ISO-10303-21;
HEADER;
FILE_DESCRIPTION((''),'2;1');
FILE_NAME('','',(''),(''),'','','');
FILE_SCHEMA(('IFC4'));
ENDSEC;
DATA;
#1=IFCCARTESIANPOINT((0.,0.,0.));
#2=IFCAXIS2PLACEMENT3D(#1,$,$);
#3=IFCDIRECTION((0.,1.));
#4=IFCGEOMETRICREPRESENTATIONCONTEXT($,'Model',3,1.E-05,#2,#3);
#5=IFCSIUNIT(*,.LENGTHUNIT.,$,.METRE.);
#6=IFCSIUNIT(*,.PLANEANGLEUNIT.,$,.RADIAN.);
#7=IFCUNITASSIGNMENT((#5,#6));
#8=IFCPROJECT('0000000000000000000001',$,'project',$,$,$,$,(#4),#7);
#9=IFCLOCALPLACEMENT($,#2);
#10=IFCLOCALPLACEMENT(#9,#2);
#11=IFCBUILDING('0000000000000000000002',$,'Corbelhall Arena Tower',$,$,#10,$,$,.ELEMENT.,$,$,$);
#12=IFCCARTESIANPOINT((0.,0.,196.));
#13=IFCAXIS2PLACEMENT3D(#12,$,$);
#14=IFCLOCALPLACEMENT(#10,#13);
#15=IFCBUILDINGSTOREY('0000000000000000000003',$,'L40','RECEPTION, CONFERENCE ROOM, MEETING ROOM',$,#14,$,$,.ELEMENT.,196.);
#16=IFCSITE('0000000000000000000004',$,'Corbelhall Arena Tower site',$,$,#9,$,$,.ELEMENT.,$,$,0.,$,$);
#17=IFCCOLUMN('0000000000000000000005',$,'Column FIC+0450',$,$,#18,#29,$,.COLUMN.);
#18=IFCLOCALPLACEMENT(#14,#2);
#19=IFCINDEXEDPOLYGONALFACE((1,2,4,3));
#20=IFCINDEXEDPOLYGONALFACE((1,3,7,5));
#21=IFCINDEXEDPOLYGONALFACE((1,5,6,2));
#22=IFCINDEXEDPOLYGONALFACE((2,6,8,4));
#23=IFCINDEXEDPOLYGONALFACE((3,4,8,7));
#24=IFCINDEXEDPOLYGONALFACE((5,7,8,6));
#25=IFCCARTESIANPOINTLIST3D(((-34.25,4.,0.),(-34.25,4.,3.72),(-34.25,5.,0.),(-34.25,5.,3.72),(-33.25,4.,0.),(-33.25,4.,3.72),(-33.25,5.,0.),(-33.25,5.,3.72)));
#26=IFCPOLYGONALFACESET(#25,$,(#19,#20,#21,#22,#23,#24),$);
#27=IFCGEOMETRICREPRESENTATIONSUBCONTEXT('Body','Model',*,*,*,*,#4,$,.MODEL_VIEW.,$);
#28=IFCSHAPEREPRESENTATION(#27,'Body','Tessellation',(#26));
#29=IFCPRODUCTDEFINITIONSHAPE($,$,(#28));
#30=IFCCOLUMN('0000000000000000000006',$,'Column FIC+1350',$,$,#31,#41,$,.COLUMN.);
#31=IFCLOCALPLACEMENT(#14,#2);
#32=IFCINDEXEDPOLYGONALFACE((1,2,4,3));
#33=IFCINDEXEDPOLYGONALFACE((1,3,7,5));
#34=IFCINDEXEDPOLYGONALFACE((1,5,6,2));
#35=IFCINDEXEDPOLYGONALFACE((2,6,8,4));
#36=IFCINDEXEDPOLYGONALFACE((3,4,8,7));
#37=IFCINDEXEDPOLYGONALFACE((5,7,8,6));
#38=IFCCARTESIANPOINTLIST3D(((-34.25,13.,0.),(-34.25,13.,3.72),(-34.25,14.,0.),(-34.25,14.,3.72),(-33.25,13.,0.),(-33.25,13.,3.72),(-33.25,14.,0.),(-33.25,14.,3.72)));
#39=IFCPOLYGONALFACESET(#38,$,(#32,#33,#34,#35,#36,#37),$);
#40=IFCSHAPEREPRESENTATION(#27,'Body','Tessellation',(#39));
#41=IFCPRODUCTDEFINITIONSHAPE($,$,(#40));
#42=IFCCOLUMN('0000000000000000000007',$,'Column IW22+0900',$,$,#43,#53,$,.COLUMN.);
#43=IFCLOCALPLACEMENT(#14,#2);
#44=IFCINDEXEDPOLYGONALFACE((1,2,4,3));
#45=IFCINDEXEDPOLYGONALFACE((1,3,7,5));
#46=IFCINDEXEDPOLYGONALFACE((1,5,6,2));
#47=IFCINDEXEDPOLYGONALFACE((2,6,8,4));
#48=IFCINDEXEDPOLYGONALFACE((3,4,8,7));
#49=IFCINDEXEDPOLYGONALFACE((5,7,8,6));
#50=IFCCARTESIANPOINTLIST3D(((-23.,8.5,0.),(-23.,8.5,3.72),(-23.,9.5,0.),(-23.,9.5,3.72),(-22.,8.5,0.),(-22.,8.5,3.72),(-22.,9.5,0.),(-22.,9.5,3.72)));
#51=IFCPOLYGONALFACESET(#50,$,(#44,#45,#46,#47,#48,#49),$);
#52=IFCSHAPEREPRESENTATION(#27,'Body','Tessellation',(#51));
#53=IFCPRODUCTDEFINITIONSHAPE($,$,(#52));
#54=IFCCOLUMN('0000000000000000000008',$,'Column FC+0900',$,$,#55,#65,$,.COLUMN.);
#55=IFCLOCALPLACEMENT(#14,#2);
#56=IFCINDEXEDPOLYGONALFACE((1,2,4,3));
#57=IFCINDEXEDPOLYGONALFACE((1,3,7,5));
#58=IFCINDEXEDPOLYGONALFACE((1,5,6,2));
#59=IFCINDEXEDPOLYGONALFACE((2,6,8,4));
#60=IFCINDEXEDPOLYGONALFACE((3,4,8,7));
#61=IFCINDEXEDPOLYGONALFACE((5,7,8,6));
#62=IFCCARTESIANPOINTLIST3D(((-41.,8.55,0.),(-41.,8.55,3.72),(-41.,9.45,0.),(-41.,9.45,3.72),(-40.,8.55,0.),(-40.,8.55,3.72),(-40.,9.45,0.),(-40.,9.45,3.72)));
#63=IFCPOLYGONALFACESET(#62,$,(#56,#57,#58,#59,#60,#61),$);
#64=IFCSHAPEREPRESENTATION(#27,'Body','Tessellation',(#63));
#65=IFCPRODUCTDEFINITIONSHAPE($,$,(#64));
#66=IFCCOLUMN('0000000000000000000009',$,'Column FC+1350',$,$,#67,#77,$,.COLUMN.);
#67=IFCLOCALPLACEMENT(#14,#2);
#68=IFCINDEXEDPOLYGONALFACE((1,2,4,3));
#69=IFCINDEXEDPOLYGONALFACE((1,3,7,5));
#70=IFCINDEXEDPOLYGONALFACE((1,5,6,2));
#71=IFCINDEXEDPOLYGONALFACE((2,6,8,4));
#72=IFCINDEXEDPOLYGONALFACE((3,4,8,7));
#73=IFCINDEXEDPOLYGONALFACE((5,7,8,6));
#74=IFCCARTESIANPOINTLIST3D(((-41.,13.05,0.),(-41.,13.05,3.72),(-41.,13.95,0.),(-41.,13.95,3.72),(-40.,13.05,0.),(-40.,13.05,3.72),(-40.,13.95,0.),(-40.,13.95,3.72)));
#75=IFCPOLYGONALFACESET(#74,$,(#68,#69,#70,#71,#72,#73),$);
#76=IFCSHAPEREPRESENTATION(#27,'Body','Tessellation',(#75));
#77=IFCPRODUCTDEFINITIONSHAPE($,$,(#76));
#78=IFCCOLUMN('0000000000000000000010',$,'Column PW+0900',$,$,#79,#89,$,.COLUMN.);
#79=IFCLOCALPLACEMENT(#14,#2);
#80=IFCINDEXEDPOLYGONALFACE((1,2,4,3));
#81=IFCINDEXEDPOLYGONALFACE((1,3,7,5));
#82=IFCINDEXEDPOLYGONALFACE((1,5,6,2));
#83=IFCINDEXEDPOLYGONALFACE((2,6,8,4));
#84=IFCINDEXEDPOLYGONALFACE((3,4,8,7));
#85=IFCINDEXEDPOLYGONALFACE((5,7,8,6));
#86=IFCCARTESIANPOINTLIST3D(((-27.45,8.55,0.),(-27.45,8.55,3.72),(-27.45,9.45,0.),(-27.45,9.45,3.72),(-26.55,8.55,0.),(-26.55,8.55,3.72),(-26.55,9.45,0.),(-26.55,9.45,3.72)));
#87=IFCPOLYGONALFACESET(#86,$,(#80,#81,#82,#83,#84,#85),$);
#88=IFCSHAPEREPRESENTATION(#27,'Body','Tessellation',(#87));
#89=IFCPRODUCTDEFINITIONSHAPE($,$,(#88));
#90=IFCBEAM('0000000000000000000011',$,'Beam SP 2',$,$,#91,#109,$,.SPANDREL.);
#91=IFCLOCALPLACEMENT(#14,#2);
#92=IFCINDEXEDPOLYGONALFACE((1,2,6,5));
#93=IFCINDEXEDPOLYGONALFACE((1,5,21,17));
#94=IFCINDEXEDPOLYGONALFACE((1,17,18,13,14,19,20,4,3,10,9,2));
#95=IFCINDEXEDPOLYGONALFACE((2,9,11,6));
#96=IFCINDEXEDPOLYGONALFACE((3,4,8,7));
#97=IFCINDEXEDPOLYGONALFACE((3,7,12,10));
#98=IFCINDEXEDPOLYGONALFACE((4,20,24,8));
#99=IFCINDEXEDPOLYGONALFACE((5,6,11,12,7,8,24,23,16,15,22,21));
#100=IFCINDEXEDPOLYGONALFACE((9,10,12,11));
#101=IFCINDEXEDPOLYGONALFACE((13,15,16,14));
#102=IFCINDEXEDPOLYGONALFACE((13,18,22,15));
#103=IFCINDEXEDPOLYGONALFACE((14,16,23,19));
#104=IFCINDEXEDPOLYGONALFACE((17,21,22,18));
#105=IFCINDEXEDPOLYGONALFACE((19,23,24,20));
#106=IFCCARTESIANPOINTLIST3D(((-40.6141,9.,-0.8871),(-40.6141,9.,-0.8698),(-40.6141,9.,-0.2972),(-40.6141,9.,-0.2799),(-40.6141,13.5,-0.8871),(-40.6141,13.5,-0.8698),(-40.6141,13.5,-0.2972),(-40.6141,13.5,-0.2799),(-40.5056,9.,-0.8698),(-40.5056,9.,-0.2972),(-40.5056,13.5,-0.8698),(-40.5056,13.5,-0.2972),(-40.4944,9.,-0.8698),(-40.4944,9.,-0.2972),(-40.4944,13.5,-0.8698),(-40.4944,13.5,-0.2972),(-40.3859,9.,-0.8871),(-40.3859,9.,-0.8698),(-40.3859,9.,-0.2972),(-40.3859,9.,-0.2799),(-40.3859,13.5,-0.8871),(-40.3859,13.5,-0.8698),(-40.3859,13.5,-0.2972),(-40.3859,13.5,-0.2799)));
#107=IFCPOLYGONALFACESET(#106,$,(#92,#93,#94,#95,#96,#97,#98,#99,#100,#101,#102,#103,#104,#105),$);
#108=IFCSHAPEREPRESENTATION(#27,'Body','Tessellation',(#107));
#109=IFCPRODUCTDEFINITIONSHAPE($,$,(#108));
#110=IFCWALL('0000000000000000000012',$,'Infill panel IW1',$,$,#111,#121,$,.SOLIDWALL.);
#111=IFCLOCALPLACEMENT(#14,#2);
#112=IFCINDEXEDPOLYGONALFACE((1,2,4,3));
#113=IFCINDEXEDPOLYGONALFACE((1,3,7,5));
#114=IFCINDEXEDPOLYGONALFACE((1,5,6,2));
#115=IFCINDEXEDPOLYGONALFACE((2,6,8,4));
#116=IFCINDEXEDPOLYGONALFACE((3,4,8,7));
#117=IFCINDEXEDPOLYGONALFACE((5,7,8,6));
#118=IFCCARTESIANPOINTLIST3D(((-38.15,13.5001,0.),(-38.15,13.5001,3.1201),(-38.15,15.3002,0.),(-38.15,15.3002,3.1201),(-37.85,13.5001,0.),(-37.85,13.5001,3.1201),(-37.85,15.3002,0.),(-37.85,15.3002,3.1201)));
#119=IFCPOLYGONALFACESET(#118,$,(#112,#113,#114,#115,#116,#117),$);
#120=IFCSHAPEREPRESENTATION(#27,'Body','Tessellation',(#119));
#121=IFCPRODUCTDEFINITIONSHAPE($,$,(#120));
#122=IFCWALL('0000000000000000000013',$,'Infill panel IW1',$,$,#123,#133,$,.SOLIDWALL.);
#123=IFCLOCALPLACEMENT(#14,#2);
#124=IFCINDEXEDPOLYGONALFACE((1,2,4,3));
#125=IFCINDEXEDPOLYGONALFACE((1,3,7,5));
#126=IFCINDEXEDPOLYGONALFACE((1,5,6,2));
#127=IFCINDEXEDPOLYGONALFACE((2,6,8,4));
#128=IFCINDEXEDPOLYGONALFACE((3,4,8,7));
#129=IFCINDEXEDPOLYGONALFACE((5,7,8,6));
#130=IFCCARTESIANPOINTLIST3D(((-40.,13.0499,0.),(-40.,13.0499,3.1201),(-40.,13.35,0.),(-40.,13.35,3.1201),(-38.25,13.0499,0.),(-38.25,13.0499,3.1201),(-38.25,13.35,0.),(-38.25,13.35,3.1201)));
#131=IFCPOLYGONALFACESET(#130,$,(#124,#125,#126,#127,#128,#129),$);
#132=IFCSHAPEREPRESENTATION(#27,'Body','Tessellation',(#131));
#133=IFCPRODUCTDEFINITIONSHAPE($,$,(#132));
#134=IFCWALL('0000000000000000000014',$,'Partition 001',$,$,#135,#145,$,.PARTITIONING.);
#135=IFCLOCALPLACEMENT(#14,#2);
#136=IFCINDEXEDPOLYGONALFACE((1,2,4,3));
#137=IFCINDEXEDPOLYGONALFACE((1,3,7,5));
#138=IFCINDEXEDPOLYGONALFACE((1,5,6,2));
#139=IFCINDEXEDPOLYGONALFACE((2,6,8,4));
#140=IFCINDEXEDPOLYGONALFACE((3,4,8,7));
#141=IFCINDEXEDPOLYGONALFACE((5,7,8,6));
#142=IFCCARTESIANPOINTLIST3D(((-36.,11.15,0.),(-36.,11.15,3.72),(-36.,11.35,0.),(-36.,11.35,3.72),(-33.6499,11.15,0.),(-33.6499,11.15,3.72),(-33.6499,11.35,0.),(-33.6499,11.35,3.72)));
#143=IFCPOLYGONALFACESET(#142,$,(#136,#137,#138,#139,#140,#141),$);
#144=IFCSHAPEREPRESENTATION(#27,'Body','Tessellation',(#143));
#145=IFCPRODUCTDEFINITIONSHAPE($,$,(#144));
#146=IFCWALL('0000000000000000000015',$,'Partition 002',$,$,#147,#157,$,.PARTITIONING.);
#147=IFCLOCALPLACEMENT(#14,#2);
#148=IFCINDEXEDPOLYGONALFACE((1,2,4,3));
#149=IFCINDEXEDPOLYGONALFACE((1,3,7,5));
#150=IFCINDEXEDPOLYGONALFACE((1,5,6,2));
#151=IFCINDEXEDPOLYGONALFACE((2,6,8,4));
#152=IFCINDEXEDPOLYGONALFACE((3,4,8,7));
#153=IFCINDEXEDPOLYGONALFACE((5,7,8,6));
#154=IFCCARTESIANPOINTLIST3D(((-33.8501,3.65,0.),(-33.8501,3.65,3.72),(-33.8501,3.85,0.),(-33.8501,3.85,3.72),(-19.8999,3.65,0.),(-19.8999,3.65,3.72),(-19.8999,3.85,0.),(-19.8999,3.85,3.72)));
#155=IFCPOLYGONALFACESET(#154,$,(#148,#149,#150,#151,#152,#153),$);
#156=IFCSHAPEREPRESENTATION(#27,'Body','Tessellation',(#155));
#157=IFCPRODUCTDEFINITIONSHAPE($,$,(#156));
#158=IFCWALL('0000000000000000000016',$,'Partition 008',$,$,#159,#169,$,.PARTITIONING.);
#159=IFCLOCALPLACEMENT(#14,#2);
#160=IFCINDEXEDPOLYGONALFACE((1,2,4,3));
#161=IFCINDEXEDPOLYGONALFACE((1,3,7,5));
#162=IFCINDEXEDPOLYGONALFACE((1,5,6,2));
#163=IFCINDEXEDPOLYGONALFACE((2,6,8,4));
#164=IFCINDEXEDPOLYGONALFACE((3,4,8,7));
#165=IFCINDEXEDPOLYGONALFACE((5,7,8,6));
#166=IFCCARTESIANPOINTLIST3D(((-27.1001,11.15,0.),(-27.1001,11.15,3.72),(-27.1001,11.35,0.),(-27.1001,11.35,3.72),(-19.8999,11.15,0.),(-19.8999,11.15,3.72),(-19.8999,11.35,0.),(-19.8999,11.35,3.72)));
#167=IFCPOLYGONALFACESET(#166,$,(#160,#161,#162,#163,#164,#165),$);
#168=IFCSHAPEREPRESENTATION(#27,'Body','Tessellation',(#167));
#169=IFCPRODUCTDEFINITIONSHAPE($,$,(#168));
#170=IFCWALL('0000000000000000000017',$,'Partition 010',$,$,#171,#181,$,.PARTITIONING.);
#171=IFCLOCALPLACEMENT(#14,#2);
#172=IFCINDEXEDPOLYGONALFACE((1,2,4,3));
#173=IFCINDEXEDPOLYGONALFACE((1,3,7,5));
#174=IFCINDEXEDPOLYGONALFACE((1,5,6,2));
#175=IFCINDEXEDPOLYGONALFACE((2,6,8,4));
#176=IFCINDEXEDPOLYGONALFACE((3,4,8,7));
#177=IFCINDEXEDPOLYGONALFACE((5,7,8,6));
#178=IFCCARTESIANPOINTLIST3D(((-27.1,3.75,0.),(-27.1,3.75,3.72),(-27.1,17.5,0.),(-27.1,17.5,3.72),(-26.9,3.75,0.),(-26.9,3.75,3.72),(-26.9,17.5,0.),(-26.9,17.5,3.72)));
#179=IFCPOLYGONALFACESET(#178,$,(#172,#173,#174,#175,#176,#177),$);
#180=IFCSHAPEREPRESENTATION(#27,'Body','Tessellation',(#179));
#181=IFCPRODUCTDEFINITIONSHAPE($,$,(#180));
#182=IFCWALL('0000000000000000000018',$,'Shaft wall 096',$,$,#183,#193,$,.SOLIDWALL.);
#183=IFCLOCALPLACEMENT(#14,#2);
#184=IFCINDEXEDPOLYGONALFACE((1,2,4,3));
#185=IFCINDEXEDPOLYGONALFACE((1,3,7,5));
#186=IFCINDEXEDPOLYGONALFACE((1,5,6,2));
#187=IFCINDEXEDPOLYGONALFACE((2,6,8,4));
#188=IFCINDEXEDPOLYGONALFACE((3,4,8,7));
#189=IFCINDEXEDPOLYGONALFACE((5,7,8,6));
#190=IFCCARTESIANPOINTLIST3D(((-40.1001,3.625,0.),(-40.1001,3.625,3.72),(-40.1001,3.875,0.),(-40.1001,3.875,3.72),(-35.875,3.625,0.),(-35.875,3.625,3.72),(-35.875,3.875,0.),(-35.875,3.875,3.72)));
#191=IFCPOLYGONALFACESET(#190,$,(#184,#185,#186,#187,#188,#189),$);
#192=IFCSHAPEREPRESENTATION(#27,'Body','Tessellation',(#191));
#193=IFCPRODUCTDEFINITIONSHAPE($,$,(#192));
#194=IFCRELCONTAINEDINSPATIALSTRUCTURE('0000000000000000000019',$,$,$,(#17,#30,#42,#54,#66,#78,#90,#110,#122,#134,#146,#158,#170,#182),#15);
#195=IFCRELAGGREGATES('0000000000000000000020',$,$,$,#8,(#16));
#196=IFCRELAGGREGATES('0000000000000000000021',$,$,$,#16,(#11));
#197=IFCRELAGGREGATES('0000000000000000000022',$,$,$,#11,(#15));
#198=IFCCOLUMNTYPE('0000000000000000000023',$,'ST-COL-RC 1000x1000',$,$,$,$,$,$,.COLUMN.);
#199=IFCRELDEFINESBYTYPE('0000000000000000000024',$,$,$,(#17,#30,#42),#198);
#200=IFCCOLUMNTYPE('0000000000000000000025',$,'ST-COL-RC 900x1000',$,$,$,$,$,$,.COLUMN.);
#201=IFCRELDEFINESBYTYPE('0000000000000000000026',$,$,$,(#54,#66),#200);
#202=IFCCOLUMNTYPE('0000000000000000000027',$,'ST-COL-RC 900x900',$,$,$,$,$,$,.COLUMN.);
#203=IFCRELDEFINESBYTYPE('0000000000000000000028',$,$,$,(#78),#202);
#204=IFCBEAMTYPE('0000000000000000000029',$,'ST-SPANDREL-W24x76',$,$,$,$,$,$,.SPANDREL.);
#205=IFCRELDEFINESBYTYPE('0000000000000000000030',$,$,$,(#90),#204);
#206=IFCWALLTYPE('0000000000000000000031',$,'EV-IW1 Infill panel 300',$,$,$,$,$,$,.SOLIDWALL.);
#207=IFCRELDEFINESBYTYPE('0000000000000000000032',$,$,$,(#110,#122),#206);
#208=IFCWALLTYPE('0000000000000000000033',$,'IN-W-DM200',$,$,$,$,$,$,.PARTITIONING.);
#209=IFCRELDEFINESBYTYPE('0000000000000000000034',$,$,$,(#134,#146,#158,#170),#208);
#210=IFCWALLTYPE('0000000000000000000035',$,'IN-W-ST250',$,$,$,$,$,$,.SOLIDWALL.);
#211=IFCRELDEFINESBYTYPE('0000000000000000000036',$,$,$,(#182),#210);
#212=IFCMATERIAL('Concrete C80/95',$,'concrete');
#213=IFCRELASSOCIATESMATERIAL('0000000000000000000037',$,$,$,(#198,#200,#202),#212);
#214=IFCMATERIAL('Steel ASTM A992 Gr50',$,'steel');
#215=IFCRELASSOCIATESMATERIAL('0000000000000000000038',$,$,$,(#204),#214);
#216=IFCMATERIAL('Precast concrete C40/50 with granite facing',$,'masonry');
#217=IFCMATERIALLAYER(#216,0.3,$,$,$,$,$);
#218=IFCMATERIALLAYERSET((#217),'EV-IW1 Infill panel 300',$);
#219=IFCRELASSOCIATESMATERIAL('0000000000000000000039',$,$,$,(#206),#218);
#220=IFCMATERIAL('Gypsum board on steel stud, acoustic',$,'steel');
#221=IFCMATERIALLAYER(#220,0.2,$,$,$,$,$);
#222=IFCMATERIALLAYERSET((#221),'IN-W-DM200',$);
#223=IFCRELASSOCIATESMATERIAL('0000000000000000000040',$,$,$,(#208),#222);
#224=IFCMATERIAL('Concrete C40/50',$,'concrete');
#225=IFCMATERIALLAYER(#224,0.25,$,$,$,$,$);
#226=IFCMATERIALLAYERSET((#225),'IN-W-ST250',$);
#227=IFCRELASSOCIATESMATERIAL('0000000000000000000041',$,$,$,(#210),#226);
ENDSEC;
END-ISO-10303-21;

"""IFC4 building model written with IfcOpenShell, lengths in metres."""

from ifc_helpers import new_model, si_unit, direction, frame, frame_2d, origin, origin_2d, place, context, subcontext, project, spatial, rectangle, i_section, extrude, material, layer, layer_set, material_profile, profile_set, type_object, element, save


model = new_model("IFC4")

# Units and contexts
model_context = context("Model", 3, precision=1e-05, world=origin(), true_north=direction((0.0, 1.0)))
body_context = subcontext(model_context, "Body", "Model", "MODEL_VIEW")
ifc_project = project(units=[si_unit("LENGTHUNIT", "METRE"), si_unit("PLANEANGLEUNIT", "RADIAN")], contexts=[model_context])

# Site, building, storey
site_placement = place(None, origin())
site = spatial("IfcSite", under=ifc_project, at=site_placement, Name="Corbelhall Arena Tower site", CompositionType="ELEMENT", RefElevation=0.0)
building_placement = place(site_placement, origin())
building = spatial("IfcBuilding", under=site, at=building_placement, Name="Corbelhall Arena Tower", CompositionType="ELEMENT")
storey_placement = place(building_placement, frame((0.0, 0.0, 196.0)))
storey = spatial("IfcBuildingStorey", under=building, at=storey_placement, Name="L40", Description="RECEPTION, CONFERENCE ROOM, MEETING ROOM", CompositionType="ELEMENT", Elevation=196.0)

# Columns
ifc_material_1 = material(Name="Concrete C80/95", Category="concrete")
ifc_material_profile_1 = material_profile(ifc_material_1, rectangle(XDim=1.0, YDim=1.0, at=origin_2d()))
ifc_profile_set_1 = profile_set([ifc_material_profile_1], Name="Concrete C80/95")
column_type_1 = type_object("IfcColumnType", Name="ST-COL-RC 1000x1000", PredefinedType="COLUMN", material=ifc_profile_set_1)
for number, where, z_axis, x_axis, name in (
    (1, (-33.75, 4.5, 0.0), (0.0, 0.0, 1.0), (1.0, 0.0, 0.0), "Column FIC+0450"),
    (2, (-33.75, 13.5, 0.0), (0.0, 0.0, 1.0), (1.0, 0.0, 0.0), "Column FIC+1350"),
    (3, (-22.5, 9.0, 0.0), (0.0, 0.0, 1.0), (1.0, 0.0, 0.0), "Column IW22+0900"),
):
    element("IfcColumn", number, at=place(storey_placement, frame(where, z_axis=z_axis, x_axis=x_axis)), inside=storey, type_object=column_type_1, Name=name, PredefinedType="COLUMN", context=body_context, shape_type="SweptSolid", body=[
        extrude(rectangle(XDim=1.0, YDim=1.0, at=origin_2d()), origin(), (0.0, 0.0, 1.0), 3.72),
    ])
ifc_material_profile_2 = material_profile(ifc_material_1, rectangle(XDim=0.8999, YDim=1.0, at=origin_2d()))
ifc_profile_set_2 = profile_set([ifc_material_profile_2], Name="Concrete C80/95")
column_type_2 = type_object("IfcColumnType", Name="ST-COL-RC 900x1000", PredefinedType="COLUMN", material=ifc_profile_set_2)
for number, where, z_axis, x_axis, name in (
    (4, (-40.5, 9.0, 0.0), (0.0, 0.0, 1.0), (0.0, 1.0, 0.0), "Column FC+0900"),
    (5, (-40.5, 13.5, 0.0), (0.0, 0.0, 1.0), (0.0, 1.0, 0.0), "Column FC+1350"),
):
    element("IfcColumn", number, at=place(storey_placement, frame(where, z_axis=z_axis, x_axis=x_axis)), inside=storey, type_object=column_type_2, Name=name, PredefinedType="COLUMN", context=body_context, shape_type="SweptSolid", body=[
        extrude(rectangle(XDim=0.8999, YDim=1.0, at=origin_2d()), origin(), (0.0, 0.0, 1.0), 3.72),
    ])
ifc_material_profile_3 = material_profile(ifc_material_1, rectangle(XDim=0.8999, YDim=0.8999, at=origin_2d()))
ifc_profile_set_3 = profile_set([ifc_material_profile_3], Name="Concrete C80/95")
column_type_3 = type_object("IfcColumnType", Name="ST-COL-RC 900x900", PredefinedType="COLUMN", material=ifc_profile_set_3)
column_placement = place(storey_placement, frame((-27.0, 9.0, 0.0), z_axis=(0.0, 0.0, 1.0), x_axis=(1.0, 0.0, 0.0)))
element("IfcColumn", 6, at=column_placement, inside=storey, type_object=column_type_3, Name="Column PW+0900", PredefinedType="COLUMN", context=body_context, shape_type="SweptSolid", body=[
    extrude(rectangle(XDim=0.8999, YDim=0.8999, at=origin_2d()), origin(), (0.0, 0.0, 1.0), 3.72),
])

# Beam
ifc_material_2 = material(Name="Steel ASTM A992 Gr50", Category="steel")
ifc_material_profile_4 = material_profile(ifc_material_2, i_section(OverallWidth=0.2283, OverallDepth=0.6072, WebThickness=0.0112, FlangeThickness=0.0173, at=origin_2d()))
ifc_profile_set_4 = profile_set([ifc_material_profile_4], Name="Steel ASTM A992 Gr50")
beam_type = type_object("IfcBeamType", Name="ST-SPANDREL-W24x76", PredefinedType="SPANDREL", material=ifc_profile_set_4)
beam_placement = place(storey_placement, frame((-40.5, 9.0, -0.5835), z_axis=(0.0, 1.0, 0.0), x_axis=(-1.0, 0.0, 0.0)))
element("IfcBeam", 7, at=beam_placement, inside=storey, type_object=beam_type, Name="Beam SP 2", PredefinedType="SPANDREL", context=body_context, shape_type="SweptSolid", body=[
    extrude(i_section(OverallWidth=0.2283, OverallDepth=0.6072, WebThickness=0.0112, FlangeThickness=0.0173, at=origin_2d()), origin(), (0.0, 0.0, 1.0), 4.5),
])

# Walls
ifc_material_3 = material(Name="Precast concrete C40/50 with granite facing", Category="masonry")
ifc_layer_1 = layer(ifc_material_3, 0.3)
ifc_layer_set_1 = layer_set([ifc_layer_1], Name="EV-IW1 Infill panel 300")
wall_type_1 = type_object("IfcWallType", Name="EV-IW1 Infill panel 300", PredefinedType="SOLIDWALL", material=ifc_layer_set_1)
wall_1_placement = place(storey_placement, frame((-38.0, 15.3, 0.0), z_axis=(0.0, 0.0, 1.0), x_axis=(0.0, -1.0, 0.0)))
element("IfcWall", 8, at=wall_1_placement, inside=storey, type_object=wall_type_1, Name="Infill panel IW1", PredefinedType="SOLIDWALL", context=body_context, shape_type="SweptSolid", body=[
    extrude(rectangle(XDim=1.8, YDim=0.3, at=frame_2d((0.8999, 0.0))), origin(), (0.0, 0.0, 1.0), 3.1201),
])
wall_2_placement = place(storey_placement, frame((-40.0, 13.2, 0.0), z_axis=(0.0, 0.0, 1.0), x_axis=(1.0, 0.0, 0.0)))
element("IfcWall", 9, at=wall_2_placement, inside=storey, type_object=wall_type_1, Name="Infill panel IW1", PredefinedType="SOLIDWALL", context=body_context, shape_type="SweptSolid", body=[
    extrude(rectangle(XDim=1.75, YDim=0.3, at=frame_2d((0.875, 0.0))), origin(), (0.0, 0.0, 1.0), 3.1201),
])

# Walls
ifc_material_4 = material(Name="Gypsum board on steel stud, acoustic", Category="steel")
ifc_layer_2 = layer(ifc_material_4, 0.2)
ifc_layer_set_2 = layer_set([ifc_layer_2], Name="IN-W-DM200")
wall_type_2 = type_object("IfcWallType", Name="IN-W-DM200", PredefinedType="PARTITIONING", material=ifc_layer_set_2)
wall_3_placement = place(storey_placement, frame((-36.0, 11.25, 0.0), z_axis=(0.0, 0.0, 1.0), x_axis=(1.0, 0.0, 0.0)))
element("IfcWall", 10, at=wall_3_placement, inside=storey, type_object=wall_type_2, Name="Partition 001", PredefinedType="PARTITIONING", context=body_context, shape_type="SweptSolid", body=[
    extrude(rectangle(XDim=2.3501, YDim=0.2, at=frame_2d((1.175, 0.0))), origin(), (0.0, 0.0, 1.0), 3.72),
])
wall_4_placement = place(storey_placement, frame((-33.8501, 3.75, 0.0), z_axis=(0.0, 0.0, 1.0), x_axis=(1.0, 0.0, 0.0)))
element("IfcWall", 11, at=wall_4_placement, inside=storey, type_object=wall_type_2, Name="Partition 002", PredefinedType="PARTITIONING", context=body_context, shape_type="SweptSolid", body=[
    extrude(rectangle(XDim=13.9502, YDim=0.2, at=frame_2d((6.9751, 0.0))), origin(), (0.0, 0.0, 1.0), 3.72),
])

# Walls
wall_5_placement = place(storey_placement, frame((-27.1001, 11.25, 0.0), z_axis=(0.0, 0.0, 1.0), x_axis=(1.0, 0.0, 0.0)))
element("IfcWall", 12, at=wall_5_placement, inside=storey, type_object=wall_type_2, Name="Partition 008", PredefinedType="PARTITIONING", context=body_context, shape_type="SweptSolid", body=[
    extrude(rectangle(XDim=7.2002, YDim=0.2, at=frame_2d((3.6001, 0.0))), origin(), (0.0, 0.0, 1.0), 3.72),
])
wall_6_placement = place(storey_placement, frame((-27.0, 3.75, 0.0), z_axis=(0.0, 0.0, 1.0), x_axis=(0.0, 1.0, 0.0)))
element("IfcWall", 13, at=wall_6_placement, inside=storey, type_object=wall_type_2, Name="Partition 010", PredefinedType="PARTITIONING", context=body_context, shape_type="SweptSolid", body=[
    extrude(rectangle(XDim=13.75, YDim=0.2, at=frame_2d((6.875, 0.0))), origin(), (0.0, 0.0, 1.0), 3.72),
])

# Wall
ifc_material_5 = material(Name="Concrete C40/50", Category="concrete")
ifc_layer_3 = layer(ifc_material_5, 0.25)
ifc_layer_set_3 = layer_set([ifc_layer_3], Name="IN-W-ST250")
wall_type_3 = type_object("IfcWallType", Name="IN-W-ST250", PredefinedType="SOLIDWALL", material=ifc_layer_set_3)
wall_7_placement = place(storey_placement, frame((-40.1001, 3.75, 0.0), z_axis=(0.0, 0.0, 1.0), x_axis=(1.0, 0.0, 0.0)))
element("IfcWall", 14, at=wall_7_placement, inside=storey, type_object=wall_type_3, Name="Shaft wall 096", PredefinedType="SOLIDWALL", context=body_context, shape_type="SweptSolid", body=[
    extrude(rectangle(XDim=4.2251, YDim=0.25, at=frame_2d((2.1125, 0.0))), origin(), (0.0, 0.0, 1.0), 3.72),
])

save(model, "model.ifc")
